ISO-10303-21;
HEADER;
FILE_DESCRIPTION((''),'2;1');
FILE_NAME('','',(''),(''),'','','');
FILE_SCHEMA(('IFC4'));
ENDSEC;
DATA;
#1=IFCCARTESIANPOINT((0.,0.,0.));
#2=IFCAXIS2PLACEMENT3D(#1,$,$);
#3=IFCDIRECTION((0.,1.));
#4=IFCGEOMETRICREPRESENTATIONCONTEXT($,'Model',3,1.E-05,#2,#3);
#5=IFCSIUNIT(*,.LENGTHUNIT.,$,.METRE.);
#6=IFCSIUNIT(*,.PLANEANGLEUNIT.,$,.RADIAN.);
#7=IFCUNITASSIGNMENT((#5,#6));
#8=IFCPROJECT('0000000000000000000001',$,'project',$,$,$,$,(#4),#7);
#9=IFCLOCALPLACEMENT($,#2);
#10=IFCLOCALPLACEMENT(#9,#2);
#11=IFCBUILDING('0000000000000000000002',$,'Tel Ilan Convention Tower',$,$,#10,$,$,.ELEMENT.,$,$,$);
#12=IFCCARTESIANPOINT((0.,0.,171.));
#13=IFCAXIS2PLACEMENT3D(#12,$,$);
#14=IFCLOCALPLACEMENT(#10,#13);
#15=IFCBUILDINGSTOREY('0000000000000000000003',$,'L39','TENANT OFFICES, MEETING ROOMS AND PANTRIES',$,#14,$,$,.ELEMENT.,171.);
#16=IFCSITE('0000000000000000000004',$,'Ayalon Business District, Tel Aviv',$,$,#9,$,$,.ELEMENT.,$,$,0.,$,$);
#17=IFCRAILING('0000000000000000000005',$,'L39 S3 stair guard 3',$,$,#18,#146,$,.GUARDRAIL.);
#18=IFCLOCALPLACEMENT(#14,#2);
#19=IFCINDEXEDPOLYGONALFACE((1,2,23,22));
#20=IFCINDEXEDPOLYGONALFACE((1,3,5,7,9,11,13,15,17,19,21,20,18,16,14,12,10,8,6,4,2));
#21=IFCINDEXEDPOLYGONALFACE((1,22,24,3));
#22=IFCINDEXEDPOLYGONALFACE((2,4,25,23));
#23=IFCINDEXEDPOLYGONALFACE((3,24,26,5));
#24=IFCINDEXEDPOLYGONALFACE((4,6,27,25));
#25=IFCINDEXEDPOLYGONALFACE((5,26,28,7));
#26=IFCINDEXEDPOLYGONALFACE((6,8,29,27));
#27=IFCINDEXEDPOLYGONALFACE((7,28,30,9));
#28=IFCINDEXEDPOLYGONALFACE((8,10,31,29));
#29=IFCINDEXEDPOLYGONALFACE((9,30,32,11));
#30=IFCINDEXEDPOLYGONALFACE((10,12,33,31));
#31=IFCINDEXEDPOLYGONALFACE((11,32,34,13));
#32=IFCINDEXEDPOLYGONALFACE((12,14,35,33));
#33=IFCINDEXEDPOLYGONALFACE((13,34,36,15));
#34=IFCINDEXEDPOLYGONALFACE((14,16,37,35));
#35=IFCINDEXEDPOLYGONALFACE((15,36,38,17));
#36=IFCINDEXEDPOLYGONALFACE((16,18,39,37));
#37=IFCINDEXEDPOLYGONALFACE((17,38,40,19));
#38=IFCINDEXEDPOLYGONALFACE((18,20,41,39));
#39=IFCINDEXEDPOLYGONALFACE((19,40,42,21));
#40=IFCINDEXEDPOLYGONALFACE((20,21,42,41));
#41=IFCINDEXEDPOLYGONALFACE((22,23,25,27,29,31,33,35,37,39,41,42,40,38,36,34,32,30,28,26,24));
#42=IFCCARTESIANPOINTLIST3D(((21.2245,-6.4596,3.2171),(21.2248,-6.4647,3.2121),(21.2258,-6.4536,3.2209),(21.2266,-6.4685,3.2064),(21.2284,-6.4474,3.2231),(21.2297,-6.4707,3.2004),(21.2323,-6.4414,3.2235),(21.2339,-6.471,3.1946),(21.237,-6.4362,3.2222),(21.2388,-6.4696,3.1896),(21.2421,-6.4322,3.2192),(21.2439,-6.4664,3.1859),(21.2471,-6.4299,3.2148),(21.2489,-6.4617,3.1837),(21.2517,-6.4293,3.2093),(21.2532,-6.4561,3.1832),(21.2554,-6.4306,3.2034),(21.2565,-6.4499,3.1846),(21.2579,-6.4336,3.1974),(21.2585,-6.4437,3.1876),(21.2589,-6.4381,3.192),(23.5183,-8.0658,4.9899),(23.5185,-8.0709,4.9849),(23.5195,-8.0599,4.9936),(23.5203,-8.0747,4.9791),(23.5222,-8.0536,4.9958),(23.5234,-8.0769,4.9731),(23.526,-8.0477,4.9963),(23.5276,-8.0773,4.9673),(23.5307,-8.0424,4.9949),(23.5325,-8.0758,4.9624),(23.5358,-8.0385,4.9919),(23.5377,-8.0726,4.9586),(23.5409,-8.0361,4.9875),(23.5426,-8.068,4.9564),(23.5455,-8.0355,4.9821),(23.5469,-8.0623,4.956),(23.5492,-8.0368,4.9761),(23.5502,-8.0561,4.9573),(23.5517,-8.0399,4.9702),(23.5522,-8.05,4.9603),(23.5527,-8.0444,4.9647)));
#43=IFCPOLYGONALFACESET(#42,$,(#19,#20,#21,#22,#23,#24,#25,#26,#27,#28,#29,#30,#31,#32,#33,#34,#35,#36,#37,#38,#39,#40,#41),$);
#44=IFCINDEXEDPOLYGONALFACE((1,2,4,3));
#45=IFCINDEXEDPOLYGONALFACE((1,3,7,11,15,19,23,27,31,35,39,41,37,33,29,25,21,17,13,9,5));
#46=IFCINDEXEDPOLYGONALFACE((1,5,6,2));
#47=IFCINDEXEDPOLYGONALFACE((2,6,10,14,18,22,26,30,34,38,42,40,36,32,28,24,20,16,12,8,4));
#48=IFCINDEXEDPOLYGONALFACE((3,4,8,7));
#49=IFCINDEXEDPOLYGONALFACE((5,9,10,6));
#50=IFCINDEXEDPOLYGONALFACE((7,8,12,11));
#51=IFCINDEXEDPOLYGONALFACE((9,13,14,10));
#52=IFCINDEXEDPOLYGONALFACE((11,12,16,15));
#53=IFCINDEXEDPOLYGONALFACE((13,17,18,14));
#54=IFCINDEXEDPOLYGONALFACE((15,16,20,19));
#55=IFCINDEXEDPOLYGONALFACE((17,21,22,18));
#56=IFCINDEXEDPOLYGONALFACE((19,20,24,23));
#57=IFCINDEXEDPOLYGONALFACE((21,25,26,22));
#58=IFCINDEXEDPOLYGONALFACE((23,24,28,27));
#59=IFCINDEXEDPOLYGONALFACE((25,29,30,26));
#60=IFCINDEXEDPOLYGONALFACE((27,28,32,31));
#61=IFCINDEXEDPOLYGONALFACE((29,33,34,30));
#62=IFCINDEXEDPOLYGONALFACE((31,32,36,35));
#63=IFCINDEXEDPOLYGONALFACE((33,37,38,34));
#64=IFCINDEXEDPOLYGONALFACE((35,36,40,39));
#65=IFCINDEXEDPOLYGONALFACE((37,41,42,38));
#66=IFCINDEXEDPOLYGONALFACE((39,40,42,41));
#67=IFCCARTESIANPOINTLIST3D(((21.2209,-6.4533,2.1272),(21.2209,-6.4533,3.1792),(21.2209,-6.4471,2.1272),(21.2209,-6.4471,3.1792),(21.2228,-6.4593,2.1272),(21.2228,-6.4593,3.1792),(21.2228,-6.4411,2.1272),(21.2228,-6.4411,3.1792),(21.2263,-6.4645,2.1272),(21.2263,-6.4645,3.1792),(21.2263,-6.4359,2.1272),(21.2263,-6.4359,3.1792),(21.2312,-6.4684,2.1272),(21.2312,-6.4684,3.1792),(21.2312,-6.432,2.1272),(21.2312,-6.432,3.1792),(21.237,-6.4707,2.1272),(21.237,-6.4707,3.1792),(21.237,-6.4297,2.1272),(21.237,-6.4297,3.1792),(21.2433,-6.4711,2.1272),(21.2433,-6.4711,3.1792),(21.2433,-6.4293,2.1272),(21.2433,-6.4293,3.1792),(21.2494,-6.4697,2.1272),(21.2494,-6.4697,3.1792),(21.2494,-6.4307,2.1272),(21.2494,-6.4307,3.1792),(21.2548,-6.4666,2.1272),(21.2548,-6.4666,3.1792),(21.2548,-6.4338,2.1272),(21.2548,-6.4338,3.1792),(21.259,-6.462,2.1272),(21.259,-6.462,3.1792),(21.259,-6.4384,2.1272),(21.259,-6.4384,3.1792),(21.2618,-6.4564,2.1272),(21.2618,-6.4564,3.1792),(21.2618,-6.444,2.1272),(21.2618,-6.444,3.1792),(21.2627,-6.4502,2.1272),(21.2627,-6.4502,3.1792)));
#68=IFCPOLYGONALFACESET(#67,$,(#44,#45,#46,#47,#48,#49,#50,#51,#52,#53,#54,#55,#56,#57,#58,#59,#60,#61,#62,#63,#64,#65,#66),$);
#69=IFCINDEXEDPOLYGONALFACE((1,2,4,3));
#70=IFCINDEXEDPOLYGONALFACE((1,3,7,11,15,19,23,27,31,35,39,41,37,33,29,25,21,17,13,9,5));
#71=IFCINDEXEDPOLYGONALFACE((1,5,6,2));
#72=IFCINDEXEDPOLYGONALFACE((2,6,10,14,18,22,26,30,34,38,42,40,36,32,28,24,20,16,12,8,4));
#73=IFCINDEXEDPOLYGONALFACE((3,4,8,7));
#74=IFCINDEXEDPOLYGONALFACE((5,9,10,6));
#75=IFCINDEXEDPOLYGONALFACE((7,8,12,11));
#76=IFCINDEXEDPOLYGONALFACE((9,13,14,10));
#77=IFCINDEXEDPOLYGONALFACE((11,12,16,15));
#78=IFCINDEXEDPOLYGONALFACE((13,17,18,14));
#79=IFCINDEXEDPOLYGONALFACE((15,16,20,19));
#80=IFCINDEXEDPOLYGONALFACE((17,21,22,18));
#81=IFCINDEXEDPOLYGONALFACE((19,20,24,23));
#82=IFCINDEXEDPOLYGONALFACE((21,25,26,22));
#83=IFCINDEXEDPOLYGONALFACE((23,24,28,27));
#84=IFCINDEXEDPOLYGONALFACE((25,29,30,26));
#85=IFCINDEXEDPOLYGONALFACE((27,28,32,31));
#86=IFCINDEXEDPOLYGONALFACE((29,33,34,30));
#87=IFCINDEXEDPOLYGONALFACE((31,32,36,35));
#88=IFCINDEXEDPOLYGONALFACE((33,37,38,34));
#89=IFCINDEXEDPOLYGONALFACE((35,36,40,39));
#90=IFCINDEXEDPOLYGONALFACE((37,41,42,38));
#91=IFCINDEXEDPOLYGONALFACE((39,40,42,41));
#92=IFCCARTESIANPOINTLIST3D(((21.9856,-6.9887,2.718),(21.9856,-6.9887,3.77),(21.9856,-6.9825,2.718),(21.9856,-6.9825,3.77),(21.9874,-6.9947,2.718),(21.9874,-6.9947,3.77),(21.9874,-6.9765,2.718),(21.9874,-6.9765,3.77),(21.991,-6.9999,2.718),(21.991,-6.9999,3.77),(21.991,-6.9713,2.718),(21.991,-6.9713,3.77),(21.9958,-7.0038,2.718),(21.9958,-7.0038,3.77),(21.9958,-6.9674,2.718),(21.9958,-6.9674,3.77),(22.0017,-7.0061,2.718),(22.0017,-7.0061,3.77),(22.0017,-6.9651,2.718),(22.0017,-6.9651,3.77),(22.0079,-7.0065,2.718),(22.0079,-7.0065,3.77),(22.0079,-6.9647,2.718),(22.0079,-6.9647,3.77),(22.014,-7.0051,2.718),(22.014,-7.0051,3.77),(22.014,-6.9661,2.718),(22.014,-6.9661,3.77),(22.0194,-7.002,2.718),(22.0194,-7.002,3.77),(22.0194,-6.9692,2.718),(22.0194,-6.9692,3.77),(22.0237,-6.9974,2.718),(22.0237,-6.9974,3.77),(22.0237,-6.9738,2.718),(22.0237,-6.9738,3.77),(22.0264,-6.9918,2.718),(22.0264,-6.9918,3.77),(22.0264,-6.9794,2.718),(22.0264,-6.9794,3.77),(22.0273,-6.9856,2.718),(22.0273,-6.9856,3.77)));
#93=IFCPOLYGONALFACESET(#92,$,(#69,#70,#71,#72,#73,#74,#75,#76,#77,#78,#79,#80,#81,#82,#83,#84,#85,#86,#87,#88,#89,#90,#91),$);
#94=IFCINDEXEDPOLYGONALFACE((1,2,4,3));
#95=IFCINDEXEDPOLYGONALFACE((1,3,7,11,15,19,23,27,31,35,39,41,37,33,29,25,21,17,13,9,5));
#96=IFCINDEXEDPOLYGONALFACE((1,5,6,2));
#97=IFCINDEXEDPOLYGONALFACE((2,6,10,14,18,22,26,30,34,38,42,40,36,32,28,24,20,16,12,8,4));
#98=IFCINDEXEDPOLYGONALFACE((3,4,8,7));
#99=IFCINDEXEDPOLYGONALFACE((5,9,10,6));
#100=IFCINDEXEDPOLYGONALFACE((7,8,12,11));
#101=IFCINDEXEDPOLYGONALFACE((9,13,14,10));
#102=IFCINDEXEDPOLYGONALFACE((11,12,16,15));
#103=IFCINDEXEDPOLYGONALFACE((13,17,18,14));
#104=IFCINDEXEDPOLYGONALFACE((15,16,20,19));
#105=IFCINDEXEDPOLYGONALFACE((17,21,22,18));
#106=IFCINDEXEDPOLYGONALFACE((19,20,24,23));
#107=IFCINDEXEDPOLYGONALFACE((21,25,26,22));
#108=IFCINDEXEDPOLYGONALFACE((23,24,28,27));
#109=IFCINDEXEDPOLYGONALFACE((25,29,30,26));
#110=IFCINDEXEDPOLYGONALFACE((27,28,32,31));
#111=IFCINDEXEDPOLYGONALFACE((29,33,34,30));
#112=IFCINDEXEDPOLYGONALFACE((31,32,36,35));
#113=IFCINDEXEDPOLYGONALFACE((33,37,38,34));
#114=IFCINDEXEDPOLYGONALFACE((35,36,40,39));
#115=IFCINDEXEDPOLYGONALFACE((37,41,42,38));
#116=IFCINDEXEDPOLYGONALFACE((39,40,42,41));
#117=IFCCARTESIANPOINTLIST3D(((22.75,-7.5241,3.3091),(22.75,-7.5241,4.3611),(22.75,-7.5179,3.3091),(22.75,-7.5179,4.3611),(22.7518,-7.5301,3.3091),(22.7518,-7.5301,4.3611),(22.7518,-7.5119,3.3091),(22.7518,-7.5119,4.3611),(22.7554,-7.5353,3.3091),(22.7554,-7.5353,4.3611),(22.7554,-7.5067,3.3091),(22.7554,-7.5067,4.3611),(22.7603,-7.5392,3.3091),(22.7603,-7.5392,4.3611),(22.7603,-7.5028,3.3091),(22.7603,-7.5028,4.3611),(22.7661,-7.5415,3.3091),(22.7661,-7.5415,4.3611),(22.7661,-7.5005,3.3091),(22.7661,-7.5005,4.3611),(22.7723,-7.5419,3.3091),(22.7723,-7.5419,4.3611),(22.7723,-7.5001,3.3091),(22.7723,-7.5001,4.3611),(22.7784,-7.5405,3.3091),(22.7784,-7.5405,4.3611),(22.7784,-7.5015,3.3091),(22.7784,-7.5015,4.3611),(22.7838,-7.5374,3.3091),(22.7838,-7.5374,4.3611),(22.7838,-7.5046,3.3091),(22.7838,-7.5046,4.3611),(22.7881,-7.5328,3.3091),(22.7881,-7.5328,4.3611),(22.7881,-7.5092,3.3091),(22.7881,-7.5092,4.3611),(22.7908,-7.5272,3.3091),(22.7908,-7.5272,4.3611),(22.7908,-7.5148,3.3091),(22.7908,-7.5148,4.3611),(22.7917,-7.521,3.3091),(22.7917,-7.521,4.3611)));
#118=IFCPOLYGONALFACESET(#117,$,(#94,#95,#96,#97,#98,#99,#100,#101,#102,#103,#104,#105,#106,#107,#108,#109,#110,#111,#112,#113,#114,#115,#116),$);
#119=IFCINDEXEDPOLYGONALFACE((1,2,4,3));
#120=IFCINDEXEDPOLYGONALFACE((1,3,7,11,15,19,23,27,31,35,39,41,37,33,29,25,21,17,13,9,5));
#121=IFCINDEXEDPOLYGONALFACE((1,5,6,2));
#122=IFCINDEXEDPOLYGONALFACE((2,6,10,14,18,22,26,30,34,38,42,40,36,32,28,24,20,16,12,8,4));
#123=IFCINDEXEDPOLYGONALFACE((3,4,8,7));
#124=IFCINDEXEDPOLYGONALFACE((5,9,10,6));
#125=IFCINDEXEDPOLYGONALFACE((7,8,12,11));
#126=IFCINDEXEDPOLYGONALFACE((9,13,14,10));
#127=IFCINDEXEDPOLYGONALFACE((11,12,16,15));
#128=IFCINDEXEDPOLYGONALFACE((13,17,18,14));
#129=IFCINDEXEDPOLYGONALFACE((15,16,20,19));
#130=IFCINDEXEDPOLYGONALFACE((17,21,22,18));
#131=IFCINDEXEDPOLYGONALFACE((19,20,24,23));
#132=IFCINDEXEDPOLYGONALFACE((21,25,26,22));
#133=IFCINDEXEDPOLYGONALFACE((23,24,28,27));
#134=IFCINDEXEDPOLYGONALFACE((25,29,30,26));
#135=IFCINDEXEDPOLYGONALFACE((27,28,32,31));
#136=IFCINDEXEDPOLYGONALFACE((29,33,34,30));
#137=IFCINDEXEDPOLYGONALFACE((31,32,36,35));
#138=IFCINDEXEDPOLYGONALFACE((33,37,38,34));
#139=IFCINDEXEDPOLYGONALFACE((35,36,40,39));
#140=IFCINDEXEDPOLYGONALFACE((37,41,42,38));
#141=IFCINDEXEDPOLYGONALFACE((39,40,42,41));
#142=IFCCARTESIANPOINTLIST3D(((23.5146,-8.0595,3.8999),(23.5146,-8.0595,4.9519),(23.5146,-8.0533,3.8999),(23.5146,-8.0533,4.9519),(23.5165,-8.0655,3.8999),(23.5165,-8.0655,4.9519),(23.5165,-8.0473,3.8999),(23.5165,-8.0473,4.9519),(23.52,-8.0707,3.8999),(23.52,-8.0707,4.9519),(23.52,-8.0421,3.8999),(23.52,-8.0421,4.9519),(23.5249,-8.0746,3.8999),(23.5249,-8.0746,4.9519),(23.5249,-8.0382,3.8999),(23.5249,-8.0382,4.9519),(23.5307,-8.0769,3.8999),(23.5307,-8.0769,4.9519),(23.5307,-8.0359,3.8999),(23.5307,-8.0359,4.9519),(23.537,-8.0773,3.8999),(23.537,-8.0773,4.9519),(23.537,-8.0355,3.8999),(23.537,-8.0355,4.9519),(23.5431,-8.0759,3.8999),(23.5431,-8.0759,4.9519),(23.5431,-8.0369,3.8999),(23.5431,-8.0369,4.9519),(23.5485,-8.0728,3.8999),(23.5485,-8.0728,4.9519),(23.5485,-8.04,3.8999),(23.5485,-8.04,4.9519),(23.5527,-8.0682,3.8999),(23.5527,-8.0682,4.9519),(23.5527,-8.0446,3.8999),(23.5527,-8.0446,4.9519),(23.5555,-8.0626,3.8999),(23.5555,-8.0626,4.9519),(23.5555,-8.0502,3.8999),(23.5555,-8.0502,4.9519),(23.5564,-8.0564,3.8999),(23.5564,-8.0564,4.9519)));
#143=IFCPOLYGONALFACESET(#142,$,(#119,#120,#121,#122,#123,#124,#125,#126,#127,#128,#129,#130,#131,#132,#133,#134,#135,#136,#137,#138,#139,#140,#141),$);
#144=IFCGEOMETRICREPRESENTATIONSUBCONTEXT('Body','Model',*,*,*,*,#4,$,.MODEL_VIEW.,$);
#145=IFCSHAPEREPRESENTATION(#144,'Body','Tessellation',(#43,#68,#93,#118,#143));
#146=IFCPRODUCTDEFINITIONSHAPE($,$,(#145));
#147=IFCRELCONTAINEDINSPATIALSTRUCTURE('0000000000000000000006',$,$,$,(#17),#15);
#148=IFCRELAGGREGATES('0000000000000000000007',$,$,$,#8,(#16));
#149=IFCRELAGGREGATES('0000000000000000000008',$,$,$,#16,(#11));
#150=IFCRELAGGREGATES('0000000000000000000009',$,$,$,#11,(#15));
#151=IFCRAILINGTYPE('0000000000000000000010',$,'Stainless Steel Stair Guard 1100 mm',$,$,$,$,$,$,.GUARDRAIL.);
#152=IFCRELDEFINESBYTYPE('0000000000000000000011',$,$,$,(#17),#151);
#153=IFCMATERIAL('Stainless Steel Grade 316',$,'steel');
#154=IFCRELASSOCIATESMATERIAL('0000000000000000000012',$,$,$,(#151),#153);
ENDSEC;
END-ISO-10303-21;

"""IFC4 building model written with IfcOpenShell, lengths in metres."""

from ifc_helpers import new_model, si_unit, direction, frame, origin, origin_2d, place, context, subcontext, project, spatial, circle, extrude, material, type_object, element, save


model = new_model("IFC4")

# Units and contexts
model_context = context("Model", 3, precision=1e-05, world=origin(), true_north=direction((0.0, 1.0)))
body_context = subcontext(model_context, "Body", "Model", "MODEL_VIEW")
ifc_project = project(units=[si_unit("LENGTHUNIT", "METRE"), si_unit("PLANEANGLEUNIT", "RADIAN")], contexts=[model_context])

# Site, building, storey
site_placement = place(None, origin())
site = spatial("IfcSite", under=ifc_project, at=site_placement, Name="Ayalon Business District, Tel Aviv", CompositionType="ELEMENT", RefElevation=0.0)
building_placement = place(site_placement, origin())
building = spatial("IfcBuilding", under=site, at=building_placement, Name="Tel Ilan Convention Tower", CompositionType="ELEMENT")
storey_placement = place(building_placement, frame((0.0, 0.0, 171.0)))
storey = spatial("IfcBuildingStorey", under=building, at=storey_placement, Name="L39", Description="TENANT OFFICES, MEETING ROOMS AND PANTRIES", CompositionType="ELEMENT", Elevation=171.0)

# Railing
ifc_material_1 = material(Name="Stainless Steel Grade 316", Category="steel")
railing_type_1 = type_object("IfcRailingType", Name="Stainless Steel Stair Guard 1100 mm", PredefinedType="GUARDRAIL", material=ifc_material_1)
railing_1_placement = place(storey_placement, frame((21.2417, -6.4502, 2.1272)))
element("IfcRailing", 1, at=railing_1_placement, inside=storey, type_object=railing_type_1, Name="L39 S3 stair guard 3", PredefinedType="GUARDRAIL", context=body_context, shape_type="SweptSolid", body=[
    extrude(circle(Radius=0.0239, at=origin_2d()), frame((0.0, 0.0, 1.0762), z_axis=(0.692098, -0.484653, 0.534894), x_axis=(0.573609, 0.81913, 0.0)), (0.0, 0.0, 1.0), 3.3142),
    extrude(circle(Radius=0.021, at=origin_2d()), origin(), (0.0, 0.0, 1.0), 1.052),
    extrude(circle(Radius=0.021, at=origin_2d()), frame((0.7646, -0.5354, 0.5908)), (0.0, 0.0, 1.0), 1.052),
    extrude(circle(Radius=0.021, at=origin_2d()), frame((1.5291, -1.0708, 1.1819)), (0.0, 0.0, 1.0), 1.052),
    extrude(circle(Radius=0.021, at=origin_2d()), frame((2.2937, -1.6062, 1.7727)), (0.0, 0.0, 1.0), 1.052),
])

save(model, "model.ifc")
